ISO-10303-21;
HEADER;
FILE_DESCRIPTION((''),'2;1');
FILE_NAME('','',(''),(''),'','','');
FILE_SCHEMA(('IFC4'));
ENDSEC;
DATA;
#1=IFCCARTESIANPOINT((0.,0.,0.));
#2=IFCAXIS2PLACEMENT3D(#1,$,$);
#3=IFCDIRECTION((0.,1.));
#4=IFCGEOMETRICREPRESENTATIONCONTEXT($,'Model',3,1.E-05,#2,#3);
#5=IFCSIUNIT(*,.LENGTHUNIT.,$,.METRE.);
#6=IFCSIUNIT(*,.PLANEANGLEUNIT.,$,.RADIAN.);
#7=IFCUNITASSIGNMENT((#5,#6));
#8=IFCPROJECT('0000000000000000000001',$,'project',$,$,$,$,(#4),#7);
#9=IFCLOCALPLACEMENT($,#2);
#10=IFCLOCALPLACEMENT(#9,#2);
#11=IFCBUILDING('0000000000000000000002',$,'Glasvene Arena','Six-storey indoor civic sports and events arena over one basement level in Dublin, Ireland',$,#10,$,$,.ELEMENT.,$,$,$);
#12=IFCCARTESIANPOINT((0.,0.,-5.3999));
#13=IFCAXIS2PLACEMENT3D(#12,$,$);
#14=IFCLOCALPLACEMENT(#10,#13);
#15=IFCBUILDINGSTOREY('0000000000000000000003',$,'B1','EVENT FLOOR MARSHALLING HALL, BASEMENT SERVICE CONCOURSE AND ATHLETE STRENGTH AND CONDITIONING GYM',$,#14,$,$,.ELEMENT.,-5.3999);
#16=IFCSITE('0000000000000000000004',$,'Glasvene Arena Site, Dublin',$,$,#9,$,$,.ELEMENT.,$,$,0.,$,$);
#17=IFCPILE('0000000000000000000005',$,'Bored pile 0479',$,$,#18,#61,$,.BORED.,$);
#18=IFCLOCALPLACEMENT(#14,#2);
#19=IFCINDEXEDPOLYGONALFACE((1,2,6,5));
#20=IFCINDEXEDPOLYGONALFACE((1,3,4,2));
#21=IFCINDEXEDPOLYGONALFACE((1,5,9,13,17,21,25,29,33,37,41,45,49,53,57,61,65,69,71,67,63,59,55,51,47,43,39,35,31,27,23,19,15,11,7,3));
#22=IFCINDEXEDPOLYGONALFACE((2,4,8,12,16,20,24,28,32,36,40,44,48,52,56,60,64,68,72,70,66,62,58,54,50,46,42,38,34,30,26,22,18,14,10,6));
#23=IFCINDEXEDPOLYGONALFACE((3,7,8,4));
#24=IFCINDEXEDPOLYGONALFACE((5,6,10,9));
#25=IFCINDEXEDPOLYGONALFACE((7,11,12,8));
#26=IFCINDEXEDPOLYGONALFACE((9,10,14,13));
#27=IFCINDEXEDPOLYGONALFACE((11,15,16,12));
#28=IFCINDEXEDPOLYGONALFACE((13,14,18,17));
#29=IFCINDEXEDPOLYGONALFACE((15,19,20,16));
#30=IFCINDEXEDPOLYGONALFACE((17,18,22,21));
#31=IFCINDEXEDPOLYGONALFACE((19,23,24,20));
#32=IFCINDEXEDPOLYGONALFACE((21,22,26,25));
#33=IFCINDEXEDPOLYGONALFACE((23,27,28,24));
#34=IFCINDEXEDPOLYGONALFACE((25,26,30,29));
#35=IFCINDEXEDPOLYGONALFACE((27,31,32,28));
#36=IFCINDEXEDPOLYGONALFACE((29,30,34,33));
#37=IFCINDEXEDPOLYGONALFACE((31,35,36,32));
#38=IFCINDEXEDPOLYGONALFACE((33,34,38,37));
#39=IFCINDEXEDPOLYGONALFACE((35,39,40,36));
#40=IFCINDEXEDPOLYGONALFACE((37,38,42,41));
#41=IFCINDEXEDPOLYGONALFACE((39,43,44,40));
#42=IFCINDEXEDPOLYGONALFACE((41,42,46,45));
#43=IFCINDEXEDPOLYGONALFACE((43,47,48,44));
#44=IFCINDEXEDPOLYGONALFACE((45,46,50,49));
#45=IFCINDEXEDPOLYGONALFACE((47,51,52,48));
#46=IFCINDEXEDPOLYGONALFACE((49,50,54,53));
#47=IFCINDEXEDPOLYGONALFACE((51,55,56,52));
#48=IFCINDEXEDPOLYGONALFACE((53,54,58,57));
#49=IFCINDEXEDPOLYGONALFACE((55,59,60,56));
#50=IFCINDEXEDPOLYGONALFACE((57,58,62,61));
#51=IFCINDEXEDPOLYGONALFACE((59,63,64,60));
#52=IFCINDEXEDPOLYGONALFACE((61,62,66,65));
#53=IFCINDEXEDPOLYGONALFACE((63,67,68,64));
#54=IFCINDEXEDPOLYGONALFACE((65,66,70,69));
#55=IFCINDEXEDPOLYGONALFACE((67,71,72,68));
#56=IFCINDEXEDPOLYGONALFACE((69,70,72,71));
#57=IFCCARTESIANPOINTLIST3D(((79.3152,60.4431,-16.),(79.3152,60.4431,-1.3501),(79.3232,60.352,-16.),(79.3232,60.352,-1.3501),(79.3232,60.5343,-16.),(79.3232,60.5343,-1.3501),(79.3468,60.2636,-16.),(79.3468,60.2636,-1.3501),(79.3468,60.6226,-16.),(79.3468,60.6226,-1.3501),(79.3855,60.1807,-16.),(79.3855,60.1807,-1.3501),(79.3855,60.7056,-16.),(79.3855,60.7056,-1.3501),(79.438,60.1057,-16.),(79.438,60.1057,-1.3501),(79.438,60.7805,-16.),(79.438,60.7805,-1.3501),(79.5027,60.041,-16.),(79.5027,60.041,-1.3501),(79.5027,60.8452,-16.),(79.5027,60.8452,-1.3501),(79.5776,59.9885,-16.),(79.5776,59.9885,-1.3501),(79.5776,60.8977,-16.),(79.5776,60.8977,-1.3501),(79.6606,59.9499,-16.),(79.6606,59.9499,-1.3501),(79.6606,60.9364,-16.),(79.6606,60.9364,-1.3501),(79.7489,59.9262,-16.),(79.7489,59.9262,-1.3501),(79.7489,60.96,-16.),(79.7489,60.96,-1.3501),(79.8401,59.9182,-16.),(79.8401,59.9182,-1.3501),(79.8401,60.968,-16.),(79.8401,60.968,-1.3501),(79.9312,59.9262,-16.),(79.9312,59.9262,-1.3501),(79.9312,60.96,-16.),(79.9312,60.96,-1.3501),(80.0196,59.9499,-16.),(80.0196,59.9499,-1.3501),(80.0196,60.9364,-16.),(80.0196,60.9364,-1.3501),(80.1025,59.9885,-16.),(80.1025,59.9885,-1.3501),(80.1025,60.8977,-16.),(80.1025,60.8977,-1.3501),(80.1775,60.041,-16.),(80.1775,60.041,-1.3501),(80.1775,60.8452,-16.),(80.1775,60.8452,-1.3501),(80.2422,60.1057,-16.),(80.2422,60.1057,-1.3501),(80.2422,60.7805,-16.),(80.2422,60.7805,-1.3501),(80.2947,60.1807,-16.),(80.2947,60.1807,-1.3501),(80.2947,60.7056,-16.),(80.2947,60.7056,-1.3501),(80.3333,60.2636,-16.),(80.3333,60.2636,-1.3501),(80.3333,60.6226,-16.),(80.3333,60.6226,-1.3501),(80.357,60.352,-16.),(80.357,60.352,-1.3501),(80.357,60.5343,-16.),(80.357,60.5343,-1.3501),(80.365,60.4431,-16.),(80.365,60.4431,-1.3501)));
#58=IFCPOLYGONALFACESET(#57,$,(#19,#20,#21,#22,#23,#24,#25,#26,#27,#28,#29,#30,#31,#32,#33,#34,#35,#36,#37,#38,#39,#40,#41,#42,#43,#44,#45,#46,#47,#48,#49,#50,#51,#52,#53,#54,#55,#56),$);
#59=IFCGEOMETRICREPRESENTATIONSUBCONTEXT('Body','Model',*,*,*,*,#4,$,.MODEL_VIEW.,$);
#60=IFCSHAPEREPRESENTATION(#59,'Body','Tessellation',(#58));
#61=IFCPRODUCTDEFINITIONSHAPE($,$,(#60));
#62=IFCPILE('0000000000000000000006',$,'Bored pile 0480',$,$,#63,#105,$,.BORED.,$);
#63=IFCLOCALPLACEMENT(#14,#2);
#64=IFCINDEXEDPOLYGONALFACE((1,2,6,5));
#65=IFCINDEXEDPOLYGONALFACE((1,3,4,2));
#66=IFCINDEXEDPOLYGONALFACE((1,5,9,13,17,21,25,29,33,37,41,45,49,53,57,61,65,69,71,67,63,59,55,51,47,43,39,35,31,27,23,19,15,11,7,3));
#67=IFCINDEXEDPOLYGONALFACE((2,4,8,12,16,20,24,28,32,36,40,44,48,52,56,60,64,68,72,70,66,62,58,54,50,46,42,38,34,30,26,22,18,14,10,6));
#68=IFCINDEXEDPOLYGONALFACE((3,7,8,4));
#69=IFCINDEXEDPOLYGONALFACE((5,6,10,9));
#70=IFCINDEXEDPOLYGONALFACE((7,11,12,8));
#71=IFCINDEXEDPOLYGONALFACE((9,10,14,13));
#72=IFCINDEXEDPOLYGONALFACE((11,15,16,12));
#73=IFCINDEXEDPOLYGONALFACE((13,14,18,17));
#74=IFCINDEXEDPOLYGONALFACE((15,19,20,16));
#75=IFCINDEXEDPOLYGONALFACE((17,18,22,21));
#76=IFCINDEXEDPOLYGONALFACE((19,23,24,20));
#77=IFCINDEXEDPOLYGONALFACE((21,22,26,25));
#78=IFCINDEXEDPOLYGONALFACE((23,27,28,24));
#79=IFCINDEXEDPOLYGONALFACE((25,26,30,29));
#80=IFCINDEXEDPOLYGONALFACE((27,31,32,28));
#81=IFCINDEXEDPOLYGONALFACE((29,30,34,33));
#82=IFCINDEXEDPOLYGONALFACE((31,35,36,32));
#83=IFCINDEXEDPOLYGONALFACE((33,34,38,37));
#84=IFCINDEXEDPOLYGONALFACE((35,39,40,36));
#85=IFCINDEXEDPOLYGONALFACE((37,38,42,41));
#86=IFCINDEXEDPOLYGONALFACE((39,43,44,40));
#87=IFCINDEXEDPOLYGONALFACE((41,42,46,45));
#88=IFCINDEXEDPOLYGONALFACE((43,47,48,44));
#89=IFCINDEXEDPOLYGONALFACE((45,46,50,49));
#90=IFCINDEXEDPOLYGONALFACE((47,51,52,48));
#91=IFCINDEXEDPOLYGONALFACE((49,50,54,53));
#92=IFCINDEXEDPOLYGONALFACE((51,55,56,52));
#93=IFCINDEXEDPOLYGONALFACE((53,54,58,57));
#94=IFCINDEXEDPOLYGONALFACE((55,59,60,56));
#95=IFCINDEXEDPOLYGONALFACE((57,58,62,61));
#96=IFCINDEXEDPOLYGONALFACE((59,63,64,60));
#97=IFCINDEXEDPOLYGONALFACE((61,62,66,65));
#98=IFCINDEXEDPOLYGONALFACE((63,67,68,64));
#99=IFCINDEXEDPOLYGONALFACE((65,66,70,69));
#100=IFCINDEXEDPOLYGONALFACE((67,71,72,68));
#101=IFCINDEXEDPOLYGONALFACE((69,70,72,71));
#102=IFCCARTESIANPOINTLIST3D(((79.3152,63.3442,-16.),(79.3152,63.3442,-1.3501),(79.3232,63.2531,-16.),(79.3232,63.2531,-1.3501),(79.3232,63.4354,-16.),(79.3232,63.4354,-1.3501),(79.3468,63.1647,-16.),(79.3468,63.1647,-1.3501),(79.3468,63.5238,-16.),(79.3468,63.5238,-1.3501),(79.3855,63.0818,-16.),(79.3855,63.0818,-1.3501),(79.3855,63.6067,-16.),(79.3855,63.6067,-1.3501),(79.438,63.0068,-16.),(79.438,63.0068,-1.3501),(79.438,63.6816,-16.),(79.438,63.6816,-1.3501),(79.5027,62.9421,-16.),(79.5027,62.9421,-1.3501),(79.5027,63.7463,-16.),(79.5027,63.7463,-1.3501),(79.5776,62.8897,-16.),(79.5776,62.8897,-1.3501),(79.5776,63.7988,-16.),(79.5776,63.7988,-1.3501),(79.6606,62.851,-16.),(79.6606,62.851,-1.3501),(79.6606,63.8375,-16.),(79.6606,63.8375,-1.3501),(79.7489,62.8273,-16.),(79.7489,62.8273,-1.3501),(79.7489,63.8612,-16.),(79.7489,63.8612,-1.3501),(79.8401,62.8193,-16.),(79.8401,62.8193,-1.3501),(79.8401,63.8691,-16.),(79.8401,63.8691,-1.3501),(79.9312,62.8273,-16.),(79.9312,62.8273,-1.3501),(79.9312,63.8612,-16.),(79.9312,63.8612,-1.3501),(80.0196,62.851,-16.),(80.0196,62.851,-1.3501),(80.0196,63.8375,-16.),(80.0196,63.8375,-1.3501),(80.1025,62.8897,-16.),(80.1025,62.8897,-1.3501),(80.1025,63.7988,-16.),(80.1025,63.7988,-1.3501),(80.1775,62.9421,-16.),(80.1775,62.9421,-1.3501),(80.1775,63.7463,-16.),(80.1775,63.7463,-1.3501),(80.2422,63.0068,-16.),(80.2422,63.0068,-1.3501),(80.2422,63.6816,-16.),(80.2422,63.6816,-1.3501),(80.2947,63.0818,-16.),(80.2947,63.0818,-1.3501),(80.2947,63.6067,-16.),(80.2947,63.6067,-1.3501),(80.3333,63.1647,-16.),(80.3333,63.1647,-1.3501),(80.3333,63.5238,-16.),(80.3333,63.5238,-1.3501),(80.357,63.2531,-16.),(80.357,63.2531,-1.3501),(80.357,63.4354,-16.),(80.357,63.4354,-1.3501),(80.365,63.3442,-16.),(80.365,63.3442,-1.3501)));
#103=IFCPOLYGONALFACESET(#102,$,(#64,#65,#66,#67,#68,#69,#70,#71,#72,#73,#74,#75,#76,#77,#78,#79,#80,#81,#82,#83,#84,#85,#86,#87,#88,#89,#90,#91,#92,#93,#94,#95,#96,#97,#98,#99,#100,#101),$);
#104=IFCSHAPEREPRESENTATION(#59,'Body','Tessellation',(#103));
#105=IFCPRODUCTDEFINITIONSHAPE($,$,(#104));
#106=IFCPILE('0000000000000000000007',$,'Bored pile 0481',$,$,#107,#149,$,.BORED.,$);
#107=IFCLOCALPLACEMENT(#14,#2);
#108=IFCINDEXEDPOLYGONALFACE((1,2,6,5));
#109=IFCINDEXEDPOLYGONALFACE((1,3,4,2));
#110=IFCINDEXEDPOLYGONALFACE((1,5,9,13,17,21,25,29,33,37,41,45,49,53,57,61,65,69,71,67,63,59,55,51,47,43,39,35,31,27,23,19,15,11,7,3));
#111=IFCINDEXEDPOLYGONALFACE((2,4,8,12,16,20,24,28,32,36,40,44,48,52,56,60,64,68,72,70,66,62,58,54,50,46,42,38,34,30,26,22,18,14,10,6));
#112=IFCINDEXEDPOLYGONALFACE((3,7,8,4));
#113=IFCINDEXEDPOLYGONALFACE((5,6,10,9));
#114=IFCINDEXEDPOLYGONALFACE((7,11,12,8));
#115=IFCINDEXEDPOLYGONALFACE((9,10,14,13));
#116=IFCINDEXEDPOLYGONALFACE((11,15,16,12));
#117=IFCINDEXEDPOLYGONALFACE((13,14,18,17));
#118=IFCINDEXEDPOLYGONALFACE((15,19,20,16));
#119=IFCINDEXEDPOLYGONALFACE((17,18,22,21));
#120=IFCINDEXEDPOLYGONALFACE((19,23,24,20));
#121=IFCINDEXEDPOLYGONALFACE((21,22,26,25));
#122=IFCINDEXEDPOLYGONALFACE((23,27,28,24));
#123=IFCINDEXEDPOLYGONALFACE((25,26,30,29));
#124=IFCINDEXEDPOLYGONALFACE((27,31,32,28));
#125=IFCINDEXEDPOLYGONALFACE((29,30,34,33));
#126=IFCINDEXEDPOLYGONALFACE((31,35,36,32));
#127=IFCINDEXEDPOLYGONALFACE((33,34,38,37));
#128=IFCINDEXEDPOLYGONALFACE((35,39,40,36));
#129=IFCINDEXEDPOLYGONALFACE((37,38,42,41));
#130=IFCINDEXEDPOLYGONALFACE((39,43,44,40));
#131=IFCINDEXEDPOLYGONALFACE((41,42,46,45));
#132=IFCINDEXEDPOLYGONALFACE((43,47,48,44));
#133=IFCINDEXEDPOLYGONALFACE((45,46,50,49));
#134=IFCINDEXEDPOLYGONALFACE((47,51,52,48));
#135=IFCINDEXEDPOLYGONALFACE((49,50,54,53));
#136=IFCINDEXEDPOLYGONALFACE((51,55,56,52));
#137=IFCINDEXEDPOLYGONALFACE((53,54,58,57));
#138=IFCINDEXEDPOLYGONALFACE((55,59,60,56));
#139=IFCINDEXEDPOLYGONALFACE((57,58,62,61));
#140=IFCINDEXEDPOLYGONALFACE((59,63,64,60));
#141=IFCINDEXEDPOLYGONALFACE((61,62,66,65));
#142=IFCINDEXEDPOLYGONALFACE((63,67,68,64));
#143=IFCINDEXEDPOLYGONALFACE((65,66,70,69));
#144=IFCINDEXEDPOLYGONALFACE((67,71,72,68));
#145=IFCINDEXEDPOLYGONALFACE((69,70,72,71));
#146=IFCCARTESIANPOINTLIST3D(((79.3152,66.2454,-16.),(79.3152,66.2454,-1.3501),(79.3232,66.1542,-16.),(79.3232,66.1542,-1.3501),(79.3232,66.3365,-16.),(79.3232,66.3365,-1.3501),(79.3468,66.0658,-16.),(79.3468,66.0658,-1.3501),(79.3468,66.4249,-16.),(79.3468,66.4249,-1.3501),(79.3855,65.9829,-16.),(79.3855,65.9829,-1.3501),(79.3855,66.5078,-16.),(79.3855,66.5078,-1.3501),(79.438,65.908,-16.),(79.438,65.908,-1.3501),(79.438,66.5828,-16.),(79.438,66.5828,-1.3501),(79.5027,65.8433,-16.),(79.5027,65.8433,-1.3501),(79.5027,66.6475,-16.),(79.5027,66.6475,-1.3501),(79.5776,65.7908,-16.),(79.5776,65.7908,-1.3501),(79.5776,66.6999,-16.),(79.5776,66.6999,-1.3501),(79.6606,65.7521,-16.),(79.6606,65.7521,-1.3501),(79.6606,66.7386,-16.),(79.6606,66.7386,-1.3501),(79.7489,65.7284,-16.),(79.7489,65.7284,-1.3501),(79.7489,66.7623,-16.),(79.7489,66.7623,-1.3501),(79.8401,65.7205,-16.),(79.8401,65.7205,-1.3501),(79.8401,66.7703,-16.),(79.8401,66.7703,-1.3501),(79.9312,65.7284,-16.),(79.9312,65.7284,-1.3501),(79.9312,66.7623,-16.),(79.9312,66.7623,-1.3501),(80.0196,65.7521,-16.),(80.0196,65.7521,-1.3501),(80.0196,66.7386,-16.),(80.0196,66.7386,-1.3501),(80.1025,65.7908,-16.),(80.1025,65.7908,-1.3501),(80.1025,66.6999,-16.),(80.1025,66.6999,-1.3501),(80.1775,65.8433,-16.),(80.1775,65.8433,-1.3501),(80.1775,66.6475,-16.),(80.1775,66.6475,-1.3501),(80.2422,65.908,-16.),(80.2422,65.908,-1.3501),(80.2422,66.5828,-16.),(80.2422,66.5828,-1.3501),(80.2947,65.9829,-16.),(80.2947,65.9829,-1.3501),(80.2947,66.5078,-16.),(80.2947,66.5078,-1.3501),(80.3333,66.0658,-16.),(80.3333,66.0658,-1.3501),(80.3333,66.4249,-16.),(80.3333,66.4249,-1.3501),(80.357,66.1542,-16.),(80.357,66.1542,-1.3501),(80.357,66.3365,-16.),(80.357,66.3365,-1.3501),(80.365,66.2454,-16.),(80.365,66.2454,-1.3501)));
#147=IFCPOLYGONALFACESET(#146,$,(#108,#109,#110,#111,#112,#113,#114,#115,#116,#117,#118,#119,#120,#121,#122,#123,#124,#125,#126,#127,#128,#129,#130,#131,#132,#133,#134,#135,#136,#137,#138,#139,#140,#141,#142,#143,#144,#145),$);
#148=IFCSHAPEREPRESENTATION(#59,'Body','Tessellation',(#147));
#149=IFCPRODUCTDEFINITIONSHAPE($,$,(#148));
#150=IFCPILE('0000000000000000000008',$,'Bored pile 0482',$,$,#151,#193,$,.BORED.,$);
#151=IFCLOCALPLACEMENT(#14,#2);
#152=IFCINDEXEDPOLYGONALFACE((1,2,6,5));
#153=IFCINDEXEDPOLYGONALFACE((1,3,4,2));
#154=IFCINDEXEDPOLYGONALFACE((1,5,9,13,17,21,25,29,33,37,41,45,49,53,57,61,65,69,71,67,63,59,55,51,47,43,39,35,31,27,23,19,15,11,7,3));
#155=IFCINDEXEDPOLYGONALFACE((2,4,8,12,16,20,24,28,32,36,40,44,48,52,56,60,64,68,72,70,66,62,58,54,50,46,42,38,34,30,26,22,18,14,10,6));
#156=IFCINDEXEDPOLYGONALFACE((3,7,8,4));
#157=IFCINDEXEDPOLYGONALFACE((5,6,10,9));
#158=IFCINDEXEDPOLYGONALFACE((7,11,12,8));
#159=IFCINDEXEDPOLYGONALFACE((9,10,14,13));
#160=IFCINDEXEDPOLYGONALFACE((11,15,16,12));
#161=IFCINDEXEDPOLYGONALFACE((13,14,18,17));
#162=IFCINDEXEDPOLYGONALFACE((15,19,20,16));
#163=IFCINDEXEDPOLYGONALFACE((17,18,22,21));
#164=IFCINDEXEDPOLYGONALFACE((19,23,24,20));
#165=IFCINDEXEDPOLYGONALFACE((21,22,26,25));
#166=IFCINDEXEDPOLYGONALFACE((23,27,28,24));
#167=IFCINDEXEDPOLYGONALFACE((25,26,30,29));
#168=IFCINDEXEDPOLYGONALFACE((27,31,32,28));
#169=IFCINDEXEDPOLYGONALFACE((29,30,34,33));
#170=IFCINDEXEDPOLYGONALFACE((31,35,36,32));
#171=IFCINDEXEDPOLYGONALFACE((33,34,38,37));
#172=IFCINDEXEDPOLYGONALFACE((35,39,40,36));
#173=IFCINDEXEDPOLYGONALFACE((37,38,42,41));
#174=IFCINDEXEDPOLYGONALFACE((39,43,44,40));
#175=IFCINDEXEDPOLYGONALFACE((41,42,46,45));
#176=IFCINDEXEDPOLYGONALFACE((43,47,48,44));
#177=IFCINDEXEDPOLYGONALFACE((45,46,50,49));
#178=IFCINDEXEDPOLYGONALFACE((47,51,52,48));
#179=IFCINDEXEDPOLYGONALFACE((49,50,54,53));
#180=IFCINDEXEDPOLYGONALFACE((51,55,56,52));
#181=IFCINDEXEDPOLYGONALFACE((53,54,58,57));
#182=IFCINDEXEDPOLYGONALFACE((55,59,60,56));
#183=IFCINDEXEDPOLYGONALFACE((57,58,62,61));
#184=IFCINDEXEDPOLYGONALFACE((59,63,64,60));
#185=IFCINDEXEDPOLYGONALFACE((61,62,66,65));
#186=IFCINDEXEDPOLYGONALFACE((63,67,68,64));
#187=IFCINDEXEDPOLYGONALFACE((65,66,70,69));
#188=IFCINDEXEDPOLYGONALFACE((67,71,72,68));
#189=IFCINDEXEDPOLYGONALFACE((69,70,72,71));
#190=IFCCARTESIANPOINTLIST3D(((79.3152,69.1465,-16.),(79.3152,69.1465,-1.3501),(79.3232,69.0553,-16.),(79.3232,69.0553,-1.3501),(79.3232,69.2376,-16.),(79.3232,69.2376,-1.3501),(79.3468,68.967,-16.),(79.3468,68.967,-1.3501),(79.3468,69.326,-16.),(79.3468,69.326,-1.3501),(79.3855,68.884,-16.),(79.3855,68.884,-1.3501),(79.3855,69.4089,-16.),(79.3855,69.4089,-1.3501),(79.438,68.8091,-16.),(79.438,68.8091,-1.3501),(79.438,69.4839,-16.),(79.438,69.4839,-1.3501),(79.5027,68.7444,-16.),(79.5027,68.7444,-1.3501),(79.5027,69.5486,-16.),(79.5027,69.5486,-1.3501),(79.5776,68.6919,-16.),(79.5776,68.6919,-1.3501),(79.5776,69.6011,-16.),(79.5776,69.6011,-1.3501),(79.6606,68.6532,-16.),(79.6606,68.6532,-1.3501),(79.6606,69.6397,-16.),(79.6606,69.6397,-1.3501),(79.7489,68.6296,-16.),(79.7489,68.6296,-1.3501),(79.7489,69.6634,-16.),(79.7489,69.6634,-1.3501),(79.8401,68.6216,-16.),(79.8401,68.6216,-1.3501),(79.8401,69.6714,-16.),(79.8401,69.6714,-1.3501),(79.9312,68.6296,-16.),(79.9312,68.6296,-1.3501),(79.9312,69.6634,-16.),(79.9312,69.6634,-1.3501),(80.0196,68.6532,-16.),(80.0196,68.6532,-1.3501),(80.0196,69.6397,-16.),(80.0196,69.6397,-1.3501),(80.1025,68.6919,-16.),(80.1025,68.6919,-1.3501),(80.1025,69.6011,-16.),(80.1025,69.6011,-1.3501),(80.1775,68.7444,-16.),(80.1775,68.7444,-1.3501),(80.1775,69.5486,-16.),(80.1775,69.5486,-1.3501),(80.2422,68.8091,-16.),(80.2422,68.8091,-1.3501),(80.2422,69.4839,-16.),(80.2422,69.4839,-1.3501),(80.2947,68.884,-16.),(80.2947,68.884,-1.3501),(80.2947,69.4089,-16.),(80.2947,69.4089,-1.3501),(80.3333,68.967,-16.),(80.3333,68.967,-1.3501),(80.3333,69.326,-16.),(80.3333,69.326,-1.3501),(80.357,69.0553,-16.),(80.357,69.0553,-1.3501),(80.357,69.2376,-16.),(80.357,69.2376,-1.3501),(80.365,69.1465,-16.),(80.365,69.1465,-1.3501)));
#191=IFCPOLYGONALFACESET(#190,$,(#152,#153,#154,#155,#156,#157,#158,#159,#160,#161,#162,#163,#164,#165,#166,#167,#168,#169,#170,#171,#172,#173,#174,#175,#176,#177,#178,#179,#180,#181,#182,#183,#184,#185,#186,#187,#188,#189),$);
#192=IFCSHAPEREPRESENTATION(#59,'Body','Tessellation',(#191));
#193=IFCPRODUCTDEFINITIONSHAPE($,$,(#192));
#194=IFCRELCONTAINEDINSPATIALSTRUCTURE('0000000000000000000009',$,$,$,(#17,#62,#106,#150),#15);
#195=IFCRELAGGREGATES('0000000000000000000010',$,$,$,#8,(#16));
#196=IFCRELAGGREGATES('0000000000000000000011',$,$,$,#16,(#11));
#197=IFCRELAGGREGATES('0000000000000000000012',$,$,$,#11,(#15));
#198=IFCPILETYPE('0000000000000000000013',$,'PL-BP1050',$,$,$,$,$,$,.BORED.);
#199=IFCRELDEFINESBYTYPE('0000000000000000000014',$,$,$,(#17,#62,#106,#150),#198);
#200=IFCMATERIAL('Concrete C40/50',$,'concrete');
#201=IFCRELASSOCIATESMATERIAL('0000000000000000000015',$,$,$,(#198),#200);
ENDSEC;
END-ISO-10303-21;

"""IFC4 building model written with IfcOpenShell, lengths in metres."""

from ifc_helpers import new_model, si_unit, direction, frame, origin, origin_2d, place, context, subcontext, project, spatial, circle, extrude, material, material_profile, profile_set, type_object, element, save


model = new_model("IFC4")

# Units and contexts
model_context = context("Model", 3, precision=1e-05, world=origin(), true_north=direction((0.0, 1.0)))
body_context = subcontext(model_context, "Body", "Model", "MODEL_VIEW")
ifc_project = project(units=[si_unit("LENGTHUNIT", "METRE"), si_unit("PLANEANGLEUNIT", "RADIAN")], contexts=[model_context])

# Site, building, storey
site_placement = place(None, origin())
site = spatial("IfcSite", under=ifc_project, at=site_placement, Name="Glasvene Arena Site, Dublin", CompositionType="ELEMENT", RefElevation=0.0)
building_placement = place(site_placement, origin())
building = spatial("IfcBuilding", under=site, at=building_placement, Name="Glasvene Arena", Description="Six-storey indoor civic sports and events arena over one basement level in Dublin, Ireland", CompositionType="ELEMENT")
storey_placement = place(building_placement, frame((0.0, 0.0, -5.3999)))
storey = spatial("IfcBuildingStorey", under=building, at=storey_placement, Name="B1", Description="EVENT FLOOR MARSHALLING HALL, BASEMENT SERVICE CONCOURSE AND ATHLETE STRENGTH AND CONDITIONING GYM", CompositionType="ELEMENT", Elevation=-5.3999)

# Piles
ifc_material_1 = material(Name="Concrete C40/50", Category="concrete")
ifc_material_profile_1 = material_profile(ifc_material_1, circle(Radius=0.5249, at=origin_2d()), Name="BORED PILE 1050")
ifc_profile_set_1 = profile_set([ifc_material_profile_1], Name="Concrete C40/50")
pile_type = type_object("IfcPileType", Name="PL-BP1050", PredefinedType="BORED", material=ifc_profile_set_1)
for number, where, z_axis, x_axis, name in (
    (1, (79.8401, 60.4431, -1.3501), (0.0, 0.0, -1.0), (1.0, 0.0, 0.0), "Bored pile 0479"),
    (2, (79.8401, 63.3442, -1.3501), (0.0, 0.0, -1.0), (1.0, 0.0, 0.0), "Bored pile 0480"),
    (3, (79.8401, 66.2454, -1.3501), (0.0, 0.0, -1.0), (1.0, 0.0, 0.0), "Bored pile 0481"),
    (4, (79.8401, 69.1465, -1.3501), (0.0, 0.0, -1.0), (1.0, 0.0, 0.0), "Bored pile 0482"),
):
    element("IfcPile", number, at=place(storey_placement, frame(where, z_axis=z_axis, x_axis=x_axis)), inside=storey, type_object=pile_type, Name=name, PredefinedType="BORED", context=body_context, shape_type="SweptSolid", body=[
        extrude(circle(Radius=0.5249, at=origin_2d()), origin(), (0.0, 0.0, 1.0), 14.6499),
    ])

save(model, "model.ifc")
